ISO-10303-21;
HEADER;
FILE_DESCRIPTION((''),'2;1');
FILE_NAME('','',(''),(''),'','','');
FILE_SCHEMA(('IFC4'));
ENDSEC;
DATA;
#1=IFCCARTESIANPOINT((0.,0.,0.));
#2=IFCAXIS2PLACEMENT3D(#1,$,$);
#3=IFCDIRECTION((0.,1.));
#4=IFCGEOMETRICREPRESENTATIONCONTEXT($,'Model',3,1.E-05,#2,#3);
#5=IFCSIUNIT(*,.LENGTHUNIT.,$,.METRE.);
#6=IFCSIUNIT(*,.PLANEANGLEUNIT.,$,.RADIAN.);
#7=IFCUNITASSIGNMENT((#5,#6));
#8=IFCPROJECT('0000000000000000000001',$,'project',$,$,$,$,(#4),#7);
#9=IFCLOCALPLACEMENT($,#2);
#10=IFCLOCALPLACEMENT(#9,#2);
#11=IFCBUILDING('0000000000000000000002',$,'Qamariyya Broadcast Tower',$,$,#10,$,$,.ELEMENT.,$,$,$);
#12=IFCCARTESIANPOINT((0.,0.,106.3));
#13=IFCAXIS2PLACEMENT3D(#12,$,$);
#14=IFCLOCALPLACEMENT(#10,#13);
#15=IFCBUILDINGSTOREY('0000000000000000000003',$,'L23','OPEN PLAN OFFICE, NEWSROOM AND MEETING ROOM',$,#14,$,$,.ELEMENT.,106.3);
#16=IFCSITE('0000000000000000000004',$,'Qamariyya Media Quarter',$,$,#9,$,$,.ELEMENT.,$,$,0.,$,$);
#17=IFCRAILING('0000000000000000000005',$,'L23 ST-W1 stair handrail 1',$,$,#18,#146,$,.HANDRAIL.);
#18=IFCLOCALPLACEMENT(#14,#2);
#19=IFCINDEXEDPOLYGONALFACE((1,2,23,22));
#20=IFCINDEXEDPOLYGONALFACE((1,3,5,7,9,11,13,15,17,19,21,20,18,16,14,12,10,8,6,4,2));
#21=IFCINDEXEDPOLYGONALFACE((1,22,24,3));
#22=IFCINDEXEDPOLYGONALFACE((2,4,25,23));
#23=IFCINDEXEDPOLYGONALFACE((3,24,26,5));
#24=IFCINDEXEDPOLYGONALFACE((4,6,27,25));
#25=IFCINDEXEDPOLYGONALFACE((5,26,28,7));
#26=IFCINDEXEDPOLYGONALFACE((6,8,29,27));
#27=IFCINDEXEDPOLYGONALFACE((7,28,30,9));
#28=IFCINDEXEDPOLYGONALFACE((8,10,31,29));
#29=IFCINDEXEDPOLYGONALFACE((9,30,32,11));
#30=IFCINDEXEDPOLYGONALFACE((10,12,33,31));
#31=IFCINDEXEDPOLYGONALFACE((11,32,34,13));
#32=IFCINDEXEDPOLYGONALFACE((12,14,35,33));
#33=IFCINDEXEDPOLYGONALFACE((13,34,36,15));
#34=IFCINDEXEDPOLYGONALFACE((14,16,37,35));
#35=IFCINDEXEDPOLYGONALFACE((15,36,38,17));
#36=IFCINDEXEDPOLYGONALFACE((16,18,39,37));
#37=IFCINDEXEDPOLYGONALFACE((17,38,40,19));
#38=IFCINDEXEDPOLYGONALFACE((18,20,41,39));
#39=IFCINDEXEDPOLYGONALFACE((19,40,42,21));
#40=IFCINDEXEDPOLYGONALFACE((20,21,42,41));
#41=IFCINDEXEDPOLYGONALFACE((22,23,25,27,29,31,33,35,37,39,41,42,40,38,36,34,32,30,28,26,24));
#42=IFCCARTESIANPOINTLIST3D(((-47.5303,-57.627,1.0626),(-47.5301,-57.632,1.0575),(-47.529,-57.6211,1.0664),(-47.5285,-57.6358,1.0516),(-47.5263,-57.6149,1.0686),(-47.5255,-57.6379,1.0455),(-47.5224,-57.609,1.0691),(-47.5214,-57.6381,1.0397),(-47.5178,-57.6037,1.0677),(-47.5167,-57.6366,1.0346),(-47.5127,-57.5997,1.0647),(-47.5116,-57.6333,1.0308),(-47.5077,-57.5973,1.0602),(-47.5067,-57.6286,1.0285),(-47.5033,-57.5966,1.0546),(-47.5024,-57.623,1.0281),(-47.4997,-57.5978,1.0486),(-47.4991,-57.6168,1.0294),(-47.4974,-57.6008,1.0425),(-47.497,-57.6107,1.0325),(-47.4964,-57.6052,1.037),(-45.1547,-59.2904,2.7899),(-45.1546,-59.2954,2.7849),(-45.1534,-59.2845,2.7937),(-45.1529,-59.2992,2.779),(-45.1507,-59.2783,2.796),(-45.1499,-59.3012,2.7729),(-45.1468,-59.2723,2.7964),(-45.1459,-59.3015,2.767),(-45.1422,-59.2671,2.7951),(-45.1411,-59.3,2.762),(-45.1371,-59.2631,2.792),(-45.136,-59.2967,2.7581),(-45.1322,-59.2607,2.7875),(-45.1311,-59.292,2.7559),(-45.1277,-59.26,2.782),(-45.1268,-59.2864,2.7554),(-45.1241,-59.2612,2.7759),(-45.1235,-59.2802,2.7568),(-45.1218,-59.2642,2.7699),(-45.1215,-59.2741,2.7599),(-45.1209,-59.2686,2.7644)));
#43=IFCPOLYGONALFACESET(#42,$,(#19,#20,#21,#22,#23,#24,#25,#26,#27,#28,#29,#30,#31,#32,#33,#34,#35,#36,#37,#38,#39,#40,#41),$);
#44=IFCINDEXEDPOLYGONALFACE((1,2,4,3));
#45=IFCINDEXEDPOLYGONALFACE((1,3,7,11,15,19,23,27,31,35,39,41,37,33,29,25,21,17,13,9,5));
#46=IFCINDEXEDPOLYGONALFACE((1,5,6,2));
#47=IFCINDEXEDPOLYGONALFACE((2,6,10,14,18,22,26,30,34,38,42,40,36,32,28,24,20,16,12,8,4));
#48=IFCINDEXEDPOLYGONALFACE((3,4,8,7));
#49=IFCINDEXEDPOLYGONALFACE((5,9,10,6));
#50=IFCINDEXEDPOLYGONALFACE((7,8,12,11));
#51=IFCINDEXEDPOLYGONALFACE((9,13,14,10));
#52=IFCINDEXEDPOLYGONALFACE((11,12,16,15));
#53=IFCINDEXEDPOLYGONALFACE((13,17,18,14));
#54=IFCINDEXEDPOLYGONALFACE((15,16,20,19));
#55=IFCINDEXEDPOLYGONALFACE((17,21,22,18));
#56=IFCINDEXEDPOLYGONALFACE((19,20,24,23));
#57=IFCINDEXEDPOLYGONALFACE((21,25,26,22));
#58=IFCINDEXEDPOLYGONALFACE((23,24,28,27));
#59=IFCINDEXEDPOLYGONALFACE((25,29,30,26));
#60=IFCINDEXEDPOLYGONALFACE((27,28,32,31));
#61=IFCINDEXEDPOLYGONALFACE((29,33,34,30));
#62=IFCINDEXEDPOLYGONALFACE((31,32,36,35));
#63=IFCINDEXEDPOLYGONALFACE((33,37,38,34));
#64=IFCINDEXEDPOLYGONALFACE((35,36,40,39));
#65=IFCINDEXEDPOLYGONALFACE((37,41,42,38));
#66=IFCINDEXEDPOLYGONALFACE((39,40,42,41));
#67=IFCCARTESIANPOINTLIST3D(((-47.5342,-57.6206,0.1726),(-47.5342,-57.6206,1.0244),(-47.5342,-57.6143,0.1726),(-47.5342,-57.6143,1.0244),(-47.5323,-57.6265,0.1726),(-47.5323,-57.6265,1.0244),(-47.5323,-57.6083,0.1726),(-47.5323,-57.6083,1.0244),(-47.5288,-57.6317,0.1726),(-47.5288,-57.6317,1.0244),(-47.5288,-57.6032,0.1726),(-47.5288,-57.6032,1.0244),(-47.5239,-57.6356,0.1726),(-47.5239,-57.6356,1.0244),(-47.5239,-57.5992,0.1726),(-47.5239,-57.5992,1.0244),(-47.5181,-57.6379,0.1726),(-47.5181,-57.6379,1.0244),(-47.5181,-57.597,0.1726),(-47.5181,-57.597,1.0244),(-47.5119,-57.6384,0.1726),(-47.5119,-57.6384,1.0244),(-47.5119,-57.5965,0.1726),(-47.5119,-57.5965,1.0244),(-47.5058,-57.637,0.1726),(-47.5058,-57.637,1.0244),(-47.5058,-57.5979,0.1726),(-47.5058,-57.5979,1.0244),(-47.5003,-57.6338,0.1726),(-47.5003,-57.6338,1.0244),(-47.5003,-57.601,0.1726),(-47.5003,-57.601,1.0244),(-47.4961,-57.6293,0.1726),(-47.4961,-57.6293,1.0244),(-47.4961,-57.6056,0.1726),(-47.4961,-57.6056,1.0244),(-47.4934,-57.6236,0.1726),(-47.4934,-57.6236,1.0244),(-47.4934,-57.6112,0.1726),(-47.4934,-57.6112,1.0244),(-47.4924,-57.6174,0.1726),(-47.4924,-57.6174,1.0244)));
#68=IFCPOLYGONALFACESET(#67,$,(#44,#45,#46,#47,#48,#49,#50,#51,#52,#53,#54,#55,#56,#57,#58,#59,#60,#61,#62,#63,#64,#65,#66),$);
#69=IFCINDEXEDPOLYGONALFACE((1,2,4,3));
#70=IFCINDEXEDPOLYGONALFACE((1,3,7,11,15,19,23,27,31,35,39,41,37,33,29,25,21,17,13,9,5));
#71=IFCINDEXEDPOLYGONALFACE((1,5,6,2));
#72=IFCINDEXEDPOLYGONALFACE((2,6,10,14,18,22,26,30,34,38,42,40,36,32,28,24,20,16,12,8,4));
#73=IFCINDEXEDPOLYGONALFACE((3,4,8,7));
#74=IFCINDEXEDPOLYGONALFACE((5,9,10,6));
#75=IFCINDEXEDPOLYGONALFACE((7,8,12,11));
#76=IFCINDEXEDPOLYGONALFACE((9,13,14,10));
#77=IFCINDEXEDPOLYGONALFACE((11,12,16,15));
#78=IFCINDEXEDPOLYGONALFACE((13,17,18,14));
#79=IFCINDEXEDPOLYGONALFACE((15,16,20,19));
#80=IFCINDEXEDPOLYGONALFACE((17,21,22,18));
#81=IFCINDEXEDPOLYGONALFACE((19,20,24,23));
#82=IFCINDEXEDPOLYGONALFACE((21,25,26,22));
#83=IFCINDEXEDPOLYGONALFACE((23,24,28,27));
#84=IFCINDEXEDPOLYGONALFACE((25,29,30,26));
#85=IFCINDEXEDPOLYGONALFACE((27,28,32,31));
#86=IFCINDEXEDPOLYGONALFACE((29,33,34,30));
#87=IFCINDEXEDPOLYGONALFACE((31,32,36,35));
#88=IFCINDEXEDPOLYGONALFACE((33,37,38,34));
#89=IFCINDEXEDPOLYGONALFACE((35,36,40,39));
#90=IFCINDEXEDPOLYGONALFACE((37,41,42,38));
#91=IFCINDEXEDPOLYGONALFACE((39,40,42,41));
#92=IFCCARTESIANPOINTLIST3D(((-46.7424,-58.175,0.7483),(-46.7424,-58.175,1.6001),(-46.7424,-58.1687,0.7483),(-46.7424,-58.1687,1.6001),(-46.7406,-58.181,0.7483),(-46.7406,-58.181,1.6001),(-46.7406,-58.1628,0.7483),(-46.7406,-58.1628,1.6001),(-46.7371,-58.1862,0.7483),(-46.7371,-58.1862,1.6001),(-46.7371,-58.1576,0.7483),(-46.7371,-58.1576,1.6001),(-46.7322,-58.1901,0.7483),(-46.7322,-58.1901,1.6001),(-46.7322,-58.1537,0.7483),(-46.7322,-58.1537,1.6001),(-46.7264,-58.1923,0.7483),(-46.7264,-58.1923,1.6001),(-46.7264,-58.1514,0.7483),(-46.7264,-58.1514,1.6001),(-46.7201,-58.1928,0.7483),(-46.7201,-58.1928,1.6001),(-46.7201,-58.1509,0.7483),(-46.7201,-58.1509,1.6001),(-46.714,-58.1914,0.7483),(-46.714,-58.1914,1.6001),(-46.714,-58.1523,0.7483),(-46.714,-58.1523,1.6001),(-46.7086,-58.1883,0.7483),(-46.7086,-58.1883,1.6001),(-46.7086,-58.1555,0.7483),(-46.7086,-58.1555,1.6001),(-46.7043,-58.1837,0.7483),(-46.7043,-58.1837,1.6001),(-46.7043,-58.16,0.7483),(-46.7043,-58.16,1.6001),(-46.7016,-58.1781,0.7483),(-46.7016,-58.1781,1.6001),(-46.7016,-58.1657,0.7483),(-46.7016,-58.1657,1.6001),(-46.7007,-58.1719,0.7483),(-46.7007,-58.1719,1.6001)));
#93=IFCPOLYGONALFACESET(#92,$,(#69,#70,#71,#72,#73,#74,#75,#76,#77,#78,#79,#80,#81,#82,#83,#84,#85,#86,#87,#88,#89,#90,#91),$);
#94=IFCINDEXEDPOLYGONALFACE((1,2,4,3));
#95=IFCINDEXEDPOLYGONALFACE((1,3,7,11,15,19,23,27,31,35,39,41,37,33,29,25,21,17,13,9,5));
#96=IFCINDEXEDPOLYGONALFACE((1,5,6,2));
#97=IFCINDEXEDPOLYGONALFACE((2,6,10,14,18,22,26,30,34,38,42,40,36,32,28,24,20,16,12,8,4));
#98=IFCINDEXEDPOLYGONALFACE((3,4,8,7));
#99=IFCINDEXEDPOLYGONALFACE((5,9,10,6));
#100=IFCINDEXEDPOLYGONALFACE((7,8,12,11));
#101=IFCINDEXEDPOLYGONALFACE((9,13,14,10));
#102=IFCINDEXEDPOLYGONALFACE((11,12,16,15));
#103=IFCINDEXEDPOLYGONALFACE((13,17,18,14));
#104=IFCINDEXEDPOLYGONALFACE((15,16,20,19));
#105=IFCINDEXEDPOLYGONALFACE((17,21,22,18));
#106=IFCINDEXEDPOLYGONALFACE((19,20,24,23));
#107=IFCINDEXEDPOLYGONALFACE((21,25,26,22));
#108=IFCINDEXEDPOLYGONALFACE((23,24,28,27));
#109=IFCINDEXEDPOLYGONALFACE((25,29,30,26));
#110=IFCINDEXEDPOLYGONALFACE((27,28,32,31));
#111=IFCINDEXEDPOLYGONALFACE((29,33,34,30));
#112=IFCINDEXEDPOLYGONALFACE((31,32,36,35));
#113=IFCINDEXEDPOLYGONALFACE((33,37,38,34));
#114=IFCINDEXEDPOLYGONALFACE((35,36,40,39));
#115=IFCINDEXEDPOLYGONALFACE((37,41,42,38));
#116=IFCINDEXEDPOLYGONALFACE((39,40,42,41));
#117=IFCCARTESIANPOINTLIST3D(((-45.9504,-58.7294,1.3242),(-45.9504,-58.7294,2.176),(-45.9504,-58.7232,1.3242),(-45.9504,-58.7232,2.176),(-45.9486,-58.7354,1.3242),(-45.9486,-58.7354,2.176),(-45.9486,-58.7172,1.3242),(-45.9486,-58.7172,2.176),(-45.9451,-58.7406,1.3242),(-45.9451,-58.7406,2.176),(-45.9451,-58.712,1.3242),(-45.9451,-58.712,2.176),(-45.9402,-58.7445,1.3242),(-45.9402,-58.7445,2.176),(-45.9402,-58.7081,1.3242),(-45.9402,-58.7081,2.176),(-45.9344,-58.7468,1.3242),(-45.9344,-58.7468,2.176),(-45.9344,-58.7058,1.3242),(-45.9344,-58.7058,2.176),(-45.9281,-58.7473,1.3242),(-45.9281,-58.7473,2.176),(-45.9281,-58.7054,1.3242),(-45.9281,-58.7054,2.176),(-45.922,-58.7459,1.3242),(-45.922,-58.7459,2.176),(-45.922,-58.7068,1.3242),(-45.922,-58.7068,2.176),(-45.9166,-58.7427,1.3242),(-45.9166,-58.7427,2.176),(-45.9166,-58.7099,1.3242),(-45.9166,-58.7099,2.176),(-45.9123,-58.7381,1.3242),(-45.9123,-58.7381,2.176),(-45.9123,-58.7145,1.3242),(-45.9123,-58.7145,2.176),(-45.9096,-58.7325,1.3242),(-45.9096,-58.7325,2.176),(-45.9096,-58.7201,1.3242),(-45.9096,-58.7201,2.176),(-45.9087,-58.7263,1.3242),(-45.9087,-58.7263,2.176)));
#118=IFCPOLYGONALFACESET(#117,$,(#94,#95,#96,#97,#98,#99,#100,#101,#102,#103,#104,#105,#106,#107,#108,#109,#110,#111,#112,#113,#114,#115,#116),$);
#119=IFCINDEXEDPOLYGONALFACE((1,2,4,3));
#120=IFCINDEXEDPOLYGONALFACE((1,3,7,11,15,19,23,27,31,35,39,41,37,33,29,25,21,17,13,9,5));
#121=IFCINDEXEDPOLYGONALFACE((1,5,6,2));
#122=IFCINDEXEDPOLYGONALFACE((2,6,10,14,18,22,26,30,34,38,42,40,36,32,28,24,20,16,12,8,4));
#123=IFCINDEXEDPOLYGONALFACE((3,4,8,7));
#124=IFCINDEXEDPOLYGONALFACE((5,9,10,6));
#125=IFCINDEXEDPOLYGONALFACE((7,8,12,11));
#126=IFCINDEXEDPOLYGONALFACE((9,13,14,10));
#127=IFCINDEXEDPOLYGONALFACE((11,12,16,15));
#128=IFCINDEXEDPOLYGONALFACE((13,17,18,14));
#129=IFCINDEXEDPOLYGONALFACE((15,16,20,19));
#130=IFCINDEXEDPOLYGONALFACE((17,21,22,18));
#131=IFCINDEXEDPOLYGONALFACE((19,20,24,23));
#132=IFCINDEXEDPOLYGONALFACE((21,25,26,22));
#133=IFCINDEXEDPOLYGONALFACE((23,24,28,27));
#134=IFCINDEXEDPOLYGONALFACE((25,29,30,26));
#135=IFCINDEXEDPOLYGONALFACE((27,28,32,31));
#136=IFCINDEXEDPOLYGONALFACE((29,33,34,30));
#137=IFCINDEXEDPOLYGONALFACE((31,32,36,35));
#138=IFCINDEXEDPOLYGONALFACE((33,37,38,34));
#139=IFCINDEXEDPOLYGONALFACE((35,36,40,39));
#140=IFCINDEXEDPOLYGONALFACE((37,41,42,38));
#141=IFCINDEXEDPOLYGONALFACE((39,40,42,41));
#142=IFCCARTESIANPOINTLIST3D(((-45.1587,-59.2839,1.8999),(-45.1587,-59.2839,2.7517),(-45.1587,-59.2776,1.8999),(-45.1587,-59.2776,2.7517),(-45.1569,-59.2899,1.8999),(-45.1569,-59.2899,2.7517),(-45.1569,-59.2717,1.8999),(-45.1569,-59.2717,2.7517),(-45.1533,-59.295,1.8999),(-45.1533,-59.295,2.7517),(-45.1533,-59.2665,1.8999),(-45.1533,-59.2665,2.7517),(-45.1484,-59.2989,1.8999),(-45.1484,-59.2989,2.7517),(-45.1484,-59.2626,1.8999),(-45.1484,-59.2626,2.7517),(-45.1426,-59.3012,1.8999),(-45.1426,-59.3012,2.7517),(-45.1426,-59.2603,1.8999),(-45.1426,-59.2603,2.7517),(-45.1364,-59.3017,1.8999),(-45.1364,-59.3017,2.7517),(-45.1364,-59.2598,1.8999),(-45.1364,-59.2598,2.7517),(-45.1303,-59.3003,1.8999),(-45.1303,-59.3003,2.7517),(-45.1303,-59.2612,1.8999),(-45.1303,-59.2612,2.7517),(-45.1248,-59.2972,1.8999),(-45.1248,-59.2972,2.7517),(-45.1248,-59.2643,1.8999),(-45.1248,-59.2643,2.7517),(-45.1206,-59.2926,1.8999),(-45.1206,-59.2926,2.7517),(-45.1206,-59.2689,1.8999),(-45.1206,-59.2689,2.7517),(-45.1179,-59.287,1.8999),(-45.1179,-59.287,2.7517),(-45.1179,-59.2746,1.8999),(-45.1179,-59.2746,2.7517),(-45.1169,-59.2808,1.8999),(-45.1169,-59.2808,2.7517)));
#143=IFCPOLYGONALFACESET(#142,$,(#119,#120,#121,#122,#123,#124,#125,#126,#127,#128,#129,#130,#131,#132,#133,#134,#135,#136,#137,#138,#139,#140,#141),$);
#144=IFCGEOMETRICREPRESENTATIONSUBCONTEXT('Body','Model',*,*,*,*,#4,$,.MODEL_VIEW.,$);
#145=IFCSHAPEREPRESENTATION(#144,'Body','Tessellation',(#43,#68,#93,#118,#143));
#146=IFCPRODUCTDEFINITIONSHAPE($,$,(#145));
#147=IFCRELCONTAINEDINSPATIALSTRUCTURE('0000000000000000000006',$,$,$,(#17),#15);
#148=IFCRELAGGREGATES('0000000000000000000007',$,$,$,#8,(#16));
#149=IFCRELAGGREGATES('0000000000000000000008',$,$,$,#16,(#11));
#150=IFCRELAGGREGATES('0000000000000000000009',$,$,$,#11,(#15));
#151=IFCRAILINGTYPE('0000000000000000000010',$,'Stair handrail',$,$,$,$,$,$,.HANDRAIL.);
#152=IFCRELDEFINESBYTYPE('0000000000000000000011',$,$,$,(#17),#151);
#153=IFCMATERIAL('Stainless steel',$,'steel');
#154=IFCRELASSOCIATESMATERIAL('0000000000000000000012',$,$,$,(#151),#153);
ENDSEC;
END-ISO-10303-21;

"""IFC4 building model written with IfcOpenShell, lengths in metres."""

from ifc_helpers import new_model, si_unit, direction, frame, origin, origin_2d, place, context, subcontext, project, spatial, circle, extrude, material, type_object, element, save


model = new_model("IFC4")

# Units and contexts
model_context = context("Model", 3, precision=1e-05, world=origin(), true_north=direction((0.0, 1.0)))
body_context = subcontext(model_context, "Body", "Model", "MODEL_VIEW")
ifc_project = project(units=[si_unit("LENGTHUNIT", "METRE"), si_unit("PLANEANGLEUNIT", "RADIAN")], contexts=[model_context])

# Site, building, storey
site_placement = place(None, origin())
site = spatial("IfcSite", under=ifc_project, at=site_placement, Name="Qamariyya Media Quarter", CompositionType="ELEMENT", RefElevation=0.0)
building_placement = place(site_placement, origin())
building = spatial("IfcBuilding", under=site, at=building_placement, Name="Qamariyya Broadcast Tower", CompositionType="ELEMENT")
storey_placement = place(building_placement, frame((0.0, 0.0, 106.3)))
storey = spatial("IfcBuildingStorey", under=building, at=storey_placement, Name="L23", Description="OPEN PLAN OFFICE, NEWSROOM AND MEETING ROOM", CompositionType="ELEMENT", Elevation=106.3)

# Railing
ifc_material_1 = material(Name="Stainless steel", Category="steel")
railing_type_1 = type_object("IfcRailingType", Name="Stair handrail", PredefinedType="HANDRAIL", material=ifc_material_1)
railing_1_placement = place(storey_placement, frame((-47.5134, -57.6174, 0.1726)))
element("IfcRailing", 1, at=railing_1_placement, inside=storey, type_object=railing_type_1, Name="L23 ST-W1 stair handrail 1", PredefinedType="HANDRAIL", context=body_context, shape_type="SweptSolid", body=[
    extrude(circle(Radius=0.0239, at=origin_2d()), frame((0.0, 0.0, 0.876), z_axis=(0.70377, -0.492784, 0.511734), x_axis=(0.573575, 0.819153, 0.0)), (0.0, 0.0, 1.0), 3.3755),
    extrude(circle(Radius=0.021, at=origin_2d()), origin(), (0.0, 0.0, 1.0), 0.8518),
    extrude(circle(Radius=0.021, at=origin_2d()), frame((0.7917, -0.5544, 0.5757)), (0.0, 0.0, 1.0), 0.8518),
    extrude(circle(Radius=0.021, at=origin_2d()), frame((1.5837, -1.1089, 1.1516)), (0.0, 0.0, 1.0), 0.8518),
    extrude(circle(Radius=0.021, at=origin_2d()), frame((2.3755, -1.6633, 1.7273)), (0.0, 0.0, 1.0), 0.8518),
])

save(model, "model.ifc")
